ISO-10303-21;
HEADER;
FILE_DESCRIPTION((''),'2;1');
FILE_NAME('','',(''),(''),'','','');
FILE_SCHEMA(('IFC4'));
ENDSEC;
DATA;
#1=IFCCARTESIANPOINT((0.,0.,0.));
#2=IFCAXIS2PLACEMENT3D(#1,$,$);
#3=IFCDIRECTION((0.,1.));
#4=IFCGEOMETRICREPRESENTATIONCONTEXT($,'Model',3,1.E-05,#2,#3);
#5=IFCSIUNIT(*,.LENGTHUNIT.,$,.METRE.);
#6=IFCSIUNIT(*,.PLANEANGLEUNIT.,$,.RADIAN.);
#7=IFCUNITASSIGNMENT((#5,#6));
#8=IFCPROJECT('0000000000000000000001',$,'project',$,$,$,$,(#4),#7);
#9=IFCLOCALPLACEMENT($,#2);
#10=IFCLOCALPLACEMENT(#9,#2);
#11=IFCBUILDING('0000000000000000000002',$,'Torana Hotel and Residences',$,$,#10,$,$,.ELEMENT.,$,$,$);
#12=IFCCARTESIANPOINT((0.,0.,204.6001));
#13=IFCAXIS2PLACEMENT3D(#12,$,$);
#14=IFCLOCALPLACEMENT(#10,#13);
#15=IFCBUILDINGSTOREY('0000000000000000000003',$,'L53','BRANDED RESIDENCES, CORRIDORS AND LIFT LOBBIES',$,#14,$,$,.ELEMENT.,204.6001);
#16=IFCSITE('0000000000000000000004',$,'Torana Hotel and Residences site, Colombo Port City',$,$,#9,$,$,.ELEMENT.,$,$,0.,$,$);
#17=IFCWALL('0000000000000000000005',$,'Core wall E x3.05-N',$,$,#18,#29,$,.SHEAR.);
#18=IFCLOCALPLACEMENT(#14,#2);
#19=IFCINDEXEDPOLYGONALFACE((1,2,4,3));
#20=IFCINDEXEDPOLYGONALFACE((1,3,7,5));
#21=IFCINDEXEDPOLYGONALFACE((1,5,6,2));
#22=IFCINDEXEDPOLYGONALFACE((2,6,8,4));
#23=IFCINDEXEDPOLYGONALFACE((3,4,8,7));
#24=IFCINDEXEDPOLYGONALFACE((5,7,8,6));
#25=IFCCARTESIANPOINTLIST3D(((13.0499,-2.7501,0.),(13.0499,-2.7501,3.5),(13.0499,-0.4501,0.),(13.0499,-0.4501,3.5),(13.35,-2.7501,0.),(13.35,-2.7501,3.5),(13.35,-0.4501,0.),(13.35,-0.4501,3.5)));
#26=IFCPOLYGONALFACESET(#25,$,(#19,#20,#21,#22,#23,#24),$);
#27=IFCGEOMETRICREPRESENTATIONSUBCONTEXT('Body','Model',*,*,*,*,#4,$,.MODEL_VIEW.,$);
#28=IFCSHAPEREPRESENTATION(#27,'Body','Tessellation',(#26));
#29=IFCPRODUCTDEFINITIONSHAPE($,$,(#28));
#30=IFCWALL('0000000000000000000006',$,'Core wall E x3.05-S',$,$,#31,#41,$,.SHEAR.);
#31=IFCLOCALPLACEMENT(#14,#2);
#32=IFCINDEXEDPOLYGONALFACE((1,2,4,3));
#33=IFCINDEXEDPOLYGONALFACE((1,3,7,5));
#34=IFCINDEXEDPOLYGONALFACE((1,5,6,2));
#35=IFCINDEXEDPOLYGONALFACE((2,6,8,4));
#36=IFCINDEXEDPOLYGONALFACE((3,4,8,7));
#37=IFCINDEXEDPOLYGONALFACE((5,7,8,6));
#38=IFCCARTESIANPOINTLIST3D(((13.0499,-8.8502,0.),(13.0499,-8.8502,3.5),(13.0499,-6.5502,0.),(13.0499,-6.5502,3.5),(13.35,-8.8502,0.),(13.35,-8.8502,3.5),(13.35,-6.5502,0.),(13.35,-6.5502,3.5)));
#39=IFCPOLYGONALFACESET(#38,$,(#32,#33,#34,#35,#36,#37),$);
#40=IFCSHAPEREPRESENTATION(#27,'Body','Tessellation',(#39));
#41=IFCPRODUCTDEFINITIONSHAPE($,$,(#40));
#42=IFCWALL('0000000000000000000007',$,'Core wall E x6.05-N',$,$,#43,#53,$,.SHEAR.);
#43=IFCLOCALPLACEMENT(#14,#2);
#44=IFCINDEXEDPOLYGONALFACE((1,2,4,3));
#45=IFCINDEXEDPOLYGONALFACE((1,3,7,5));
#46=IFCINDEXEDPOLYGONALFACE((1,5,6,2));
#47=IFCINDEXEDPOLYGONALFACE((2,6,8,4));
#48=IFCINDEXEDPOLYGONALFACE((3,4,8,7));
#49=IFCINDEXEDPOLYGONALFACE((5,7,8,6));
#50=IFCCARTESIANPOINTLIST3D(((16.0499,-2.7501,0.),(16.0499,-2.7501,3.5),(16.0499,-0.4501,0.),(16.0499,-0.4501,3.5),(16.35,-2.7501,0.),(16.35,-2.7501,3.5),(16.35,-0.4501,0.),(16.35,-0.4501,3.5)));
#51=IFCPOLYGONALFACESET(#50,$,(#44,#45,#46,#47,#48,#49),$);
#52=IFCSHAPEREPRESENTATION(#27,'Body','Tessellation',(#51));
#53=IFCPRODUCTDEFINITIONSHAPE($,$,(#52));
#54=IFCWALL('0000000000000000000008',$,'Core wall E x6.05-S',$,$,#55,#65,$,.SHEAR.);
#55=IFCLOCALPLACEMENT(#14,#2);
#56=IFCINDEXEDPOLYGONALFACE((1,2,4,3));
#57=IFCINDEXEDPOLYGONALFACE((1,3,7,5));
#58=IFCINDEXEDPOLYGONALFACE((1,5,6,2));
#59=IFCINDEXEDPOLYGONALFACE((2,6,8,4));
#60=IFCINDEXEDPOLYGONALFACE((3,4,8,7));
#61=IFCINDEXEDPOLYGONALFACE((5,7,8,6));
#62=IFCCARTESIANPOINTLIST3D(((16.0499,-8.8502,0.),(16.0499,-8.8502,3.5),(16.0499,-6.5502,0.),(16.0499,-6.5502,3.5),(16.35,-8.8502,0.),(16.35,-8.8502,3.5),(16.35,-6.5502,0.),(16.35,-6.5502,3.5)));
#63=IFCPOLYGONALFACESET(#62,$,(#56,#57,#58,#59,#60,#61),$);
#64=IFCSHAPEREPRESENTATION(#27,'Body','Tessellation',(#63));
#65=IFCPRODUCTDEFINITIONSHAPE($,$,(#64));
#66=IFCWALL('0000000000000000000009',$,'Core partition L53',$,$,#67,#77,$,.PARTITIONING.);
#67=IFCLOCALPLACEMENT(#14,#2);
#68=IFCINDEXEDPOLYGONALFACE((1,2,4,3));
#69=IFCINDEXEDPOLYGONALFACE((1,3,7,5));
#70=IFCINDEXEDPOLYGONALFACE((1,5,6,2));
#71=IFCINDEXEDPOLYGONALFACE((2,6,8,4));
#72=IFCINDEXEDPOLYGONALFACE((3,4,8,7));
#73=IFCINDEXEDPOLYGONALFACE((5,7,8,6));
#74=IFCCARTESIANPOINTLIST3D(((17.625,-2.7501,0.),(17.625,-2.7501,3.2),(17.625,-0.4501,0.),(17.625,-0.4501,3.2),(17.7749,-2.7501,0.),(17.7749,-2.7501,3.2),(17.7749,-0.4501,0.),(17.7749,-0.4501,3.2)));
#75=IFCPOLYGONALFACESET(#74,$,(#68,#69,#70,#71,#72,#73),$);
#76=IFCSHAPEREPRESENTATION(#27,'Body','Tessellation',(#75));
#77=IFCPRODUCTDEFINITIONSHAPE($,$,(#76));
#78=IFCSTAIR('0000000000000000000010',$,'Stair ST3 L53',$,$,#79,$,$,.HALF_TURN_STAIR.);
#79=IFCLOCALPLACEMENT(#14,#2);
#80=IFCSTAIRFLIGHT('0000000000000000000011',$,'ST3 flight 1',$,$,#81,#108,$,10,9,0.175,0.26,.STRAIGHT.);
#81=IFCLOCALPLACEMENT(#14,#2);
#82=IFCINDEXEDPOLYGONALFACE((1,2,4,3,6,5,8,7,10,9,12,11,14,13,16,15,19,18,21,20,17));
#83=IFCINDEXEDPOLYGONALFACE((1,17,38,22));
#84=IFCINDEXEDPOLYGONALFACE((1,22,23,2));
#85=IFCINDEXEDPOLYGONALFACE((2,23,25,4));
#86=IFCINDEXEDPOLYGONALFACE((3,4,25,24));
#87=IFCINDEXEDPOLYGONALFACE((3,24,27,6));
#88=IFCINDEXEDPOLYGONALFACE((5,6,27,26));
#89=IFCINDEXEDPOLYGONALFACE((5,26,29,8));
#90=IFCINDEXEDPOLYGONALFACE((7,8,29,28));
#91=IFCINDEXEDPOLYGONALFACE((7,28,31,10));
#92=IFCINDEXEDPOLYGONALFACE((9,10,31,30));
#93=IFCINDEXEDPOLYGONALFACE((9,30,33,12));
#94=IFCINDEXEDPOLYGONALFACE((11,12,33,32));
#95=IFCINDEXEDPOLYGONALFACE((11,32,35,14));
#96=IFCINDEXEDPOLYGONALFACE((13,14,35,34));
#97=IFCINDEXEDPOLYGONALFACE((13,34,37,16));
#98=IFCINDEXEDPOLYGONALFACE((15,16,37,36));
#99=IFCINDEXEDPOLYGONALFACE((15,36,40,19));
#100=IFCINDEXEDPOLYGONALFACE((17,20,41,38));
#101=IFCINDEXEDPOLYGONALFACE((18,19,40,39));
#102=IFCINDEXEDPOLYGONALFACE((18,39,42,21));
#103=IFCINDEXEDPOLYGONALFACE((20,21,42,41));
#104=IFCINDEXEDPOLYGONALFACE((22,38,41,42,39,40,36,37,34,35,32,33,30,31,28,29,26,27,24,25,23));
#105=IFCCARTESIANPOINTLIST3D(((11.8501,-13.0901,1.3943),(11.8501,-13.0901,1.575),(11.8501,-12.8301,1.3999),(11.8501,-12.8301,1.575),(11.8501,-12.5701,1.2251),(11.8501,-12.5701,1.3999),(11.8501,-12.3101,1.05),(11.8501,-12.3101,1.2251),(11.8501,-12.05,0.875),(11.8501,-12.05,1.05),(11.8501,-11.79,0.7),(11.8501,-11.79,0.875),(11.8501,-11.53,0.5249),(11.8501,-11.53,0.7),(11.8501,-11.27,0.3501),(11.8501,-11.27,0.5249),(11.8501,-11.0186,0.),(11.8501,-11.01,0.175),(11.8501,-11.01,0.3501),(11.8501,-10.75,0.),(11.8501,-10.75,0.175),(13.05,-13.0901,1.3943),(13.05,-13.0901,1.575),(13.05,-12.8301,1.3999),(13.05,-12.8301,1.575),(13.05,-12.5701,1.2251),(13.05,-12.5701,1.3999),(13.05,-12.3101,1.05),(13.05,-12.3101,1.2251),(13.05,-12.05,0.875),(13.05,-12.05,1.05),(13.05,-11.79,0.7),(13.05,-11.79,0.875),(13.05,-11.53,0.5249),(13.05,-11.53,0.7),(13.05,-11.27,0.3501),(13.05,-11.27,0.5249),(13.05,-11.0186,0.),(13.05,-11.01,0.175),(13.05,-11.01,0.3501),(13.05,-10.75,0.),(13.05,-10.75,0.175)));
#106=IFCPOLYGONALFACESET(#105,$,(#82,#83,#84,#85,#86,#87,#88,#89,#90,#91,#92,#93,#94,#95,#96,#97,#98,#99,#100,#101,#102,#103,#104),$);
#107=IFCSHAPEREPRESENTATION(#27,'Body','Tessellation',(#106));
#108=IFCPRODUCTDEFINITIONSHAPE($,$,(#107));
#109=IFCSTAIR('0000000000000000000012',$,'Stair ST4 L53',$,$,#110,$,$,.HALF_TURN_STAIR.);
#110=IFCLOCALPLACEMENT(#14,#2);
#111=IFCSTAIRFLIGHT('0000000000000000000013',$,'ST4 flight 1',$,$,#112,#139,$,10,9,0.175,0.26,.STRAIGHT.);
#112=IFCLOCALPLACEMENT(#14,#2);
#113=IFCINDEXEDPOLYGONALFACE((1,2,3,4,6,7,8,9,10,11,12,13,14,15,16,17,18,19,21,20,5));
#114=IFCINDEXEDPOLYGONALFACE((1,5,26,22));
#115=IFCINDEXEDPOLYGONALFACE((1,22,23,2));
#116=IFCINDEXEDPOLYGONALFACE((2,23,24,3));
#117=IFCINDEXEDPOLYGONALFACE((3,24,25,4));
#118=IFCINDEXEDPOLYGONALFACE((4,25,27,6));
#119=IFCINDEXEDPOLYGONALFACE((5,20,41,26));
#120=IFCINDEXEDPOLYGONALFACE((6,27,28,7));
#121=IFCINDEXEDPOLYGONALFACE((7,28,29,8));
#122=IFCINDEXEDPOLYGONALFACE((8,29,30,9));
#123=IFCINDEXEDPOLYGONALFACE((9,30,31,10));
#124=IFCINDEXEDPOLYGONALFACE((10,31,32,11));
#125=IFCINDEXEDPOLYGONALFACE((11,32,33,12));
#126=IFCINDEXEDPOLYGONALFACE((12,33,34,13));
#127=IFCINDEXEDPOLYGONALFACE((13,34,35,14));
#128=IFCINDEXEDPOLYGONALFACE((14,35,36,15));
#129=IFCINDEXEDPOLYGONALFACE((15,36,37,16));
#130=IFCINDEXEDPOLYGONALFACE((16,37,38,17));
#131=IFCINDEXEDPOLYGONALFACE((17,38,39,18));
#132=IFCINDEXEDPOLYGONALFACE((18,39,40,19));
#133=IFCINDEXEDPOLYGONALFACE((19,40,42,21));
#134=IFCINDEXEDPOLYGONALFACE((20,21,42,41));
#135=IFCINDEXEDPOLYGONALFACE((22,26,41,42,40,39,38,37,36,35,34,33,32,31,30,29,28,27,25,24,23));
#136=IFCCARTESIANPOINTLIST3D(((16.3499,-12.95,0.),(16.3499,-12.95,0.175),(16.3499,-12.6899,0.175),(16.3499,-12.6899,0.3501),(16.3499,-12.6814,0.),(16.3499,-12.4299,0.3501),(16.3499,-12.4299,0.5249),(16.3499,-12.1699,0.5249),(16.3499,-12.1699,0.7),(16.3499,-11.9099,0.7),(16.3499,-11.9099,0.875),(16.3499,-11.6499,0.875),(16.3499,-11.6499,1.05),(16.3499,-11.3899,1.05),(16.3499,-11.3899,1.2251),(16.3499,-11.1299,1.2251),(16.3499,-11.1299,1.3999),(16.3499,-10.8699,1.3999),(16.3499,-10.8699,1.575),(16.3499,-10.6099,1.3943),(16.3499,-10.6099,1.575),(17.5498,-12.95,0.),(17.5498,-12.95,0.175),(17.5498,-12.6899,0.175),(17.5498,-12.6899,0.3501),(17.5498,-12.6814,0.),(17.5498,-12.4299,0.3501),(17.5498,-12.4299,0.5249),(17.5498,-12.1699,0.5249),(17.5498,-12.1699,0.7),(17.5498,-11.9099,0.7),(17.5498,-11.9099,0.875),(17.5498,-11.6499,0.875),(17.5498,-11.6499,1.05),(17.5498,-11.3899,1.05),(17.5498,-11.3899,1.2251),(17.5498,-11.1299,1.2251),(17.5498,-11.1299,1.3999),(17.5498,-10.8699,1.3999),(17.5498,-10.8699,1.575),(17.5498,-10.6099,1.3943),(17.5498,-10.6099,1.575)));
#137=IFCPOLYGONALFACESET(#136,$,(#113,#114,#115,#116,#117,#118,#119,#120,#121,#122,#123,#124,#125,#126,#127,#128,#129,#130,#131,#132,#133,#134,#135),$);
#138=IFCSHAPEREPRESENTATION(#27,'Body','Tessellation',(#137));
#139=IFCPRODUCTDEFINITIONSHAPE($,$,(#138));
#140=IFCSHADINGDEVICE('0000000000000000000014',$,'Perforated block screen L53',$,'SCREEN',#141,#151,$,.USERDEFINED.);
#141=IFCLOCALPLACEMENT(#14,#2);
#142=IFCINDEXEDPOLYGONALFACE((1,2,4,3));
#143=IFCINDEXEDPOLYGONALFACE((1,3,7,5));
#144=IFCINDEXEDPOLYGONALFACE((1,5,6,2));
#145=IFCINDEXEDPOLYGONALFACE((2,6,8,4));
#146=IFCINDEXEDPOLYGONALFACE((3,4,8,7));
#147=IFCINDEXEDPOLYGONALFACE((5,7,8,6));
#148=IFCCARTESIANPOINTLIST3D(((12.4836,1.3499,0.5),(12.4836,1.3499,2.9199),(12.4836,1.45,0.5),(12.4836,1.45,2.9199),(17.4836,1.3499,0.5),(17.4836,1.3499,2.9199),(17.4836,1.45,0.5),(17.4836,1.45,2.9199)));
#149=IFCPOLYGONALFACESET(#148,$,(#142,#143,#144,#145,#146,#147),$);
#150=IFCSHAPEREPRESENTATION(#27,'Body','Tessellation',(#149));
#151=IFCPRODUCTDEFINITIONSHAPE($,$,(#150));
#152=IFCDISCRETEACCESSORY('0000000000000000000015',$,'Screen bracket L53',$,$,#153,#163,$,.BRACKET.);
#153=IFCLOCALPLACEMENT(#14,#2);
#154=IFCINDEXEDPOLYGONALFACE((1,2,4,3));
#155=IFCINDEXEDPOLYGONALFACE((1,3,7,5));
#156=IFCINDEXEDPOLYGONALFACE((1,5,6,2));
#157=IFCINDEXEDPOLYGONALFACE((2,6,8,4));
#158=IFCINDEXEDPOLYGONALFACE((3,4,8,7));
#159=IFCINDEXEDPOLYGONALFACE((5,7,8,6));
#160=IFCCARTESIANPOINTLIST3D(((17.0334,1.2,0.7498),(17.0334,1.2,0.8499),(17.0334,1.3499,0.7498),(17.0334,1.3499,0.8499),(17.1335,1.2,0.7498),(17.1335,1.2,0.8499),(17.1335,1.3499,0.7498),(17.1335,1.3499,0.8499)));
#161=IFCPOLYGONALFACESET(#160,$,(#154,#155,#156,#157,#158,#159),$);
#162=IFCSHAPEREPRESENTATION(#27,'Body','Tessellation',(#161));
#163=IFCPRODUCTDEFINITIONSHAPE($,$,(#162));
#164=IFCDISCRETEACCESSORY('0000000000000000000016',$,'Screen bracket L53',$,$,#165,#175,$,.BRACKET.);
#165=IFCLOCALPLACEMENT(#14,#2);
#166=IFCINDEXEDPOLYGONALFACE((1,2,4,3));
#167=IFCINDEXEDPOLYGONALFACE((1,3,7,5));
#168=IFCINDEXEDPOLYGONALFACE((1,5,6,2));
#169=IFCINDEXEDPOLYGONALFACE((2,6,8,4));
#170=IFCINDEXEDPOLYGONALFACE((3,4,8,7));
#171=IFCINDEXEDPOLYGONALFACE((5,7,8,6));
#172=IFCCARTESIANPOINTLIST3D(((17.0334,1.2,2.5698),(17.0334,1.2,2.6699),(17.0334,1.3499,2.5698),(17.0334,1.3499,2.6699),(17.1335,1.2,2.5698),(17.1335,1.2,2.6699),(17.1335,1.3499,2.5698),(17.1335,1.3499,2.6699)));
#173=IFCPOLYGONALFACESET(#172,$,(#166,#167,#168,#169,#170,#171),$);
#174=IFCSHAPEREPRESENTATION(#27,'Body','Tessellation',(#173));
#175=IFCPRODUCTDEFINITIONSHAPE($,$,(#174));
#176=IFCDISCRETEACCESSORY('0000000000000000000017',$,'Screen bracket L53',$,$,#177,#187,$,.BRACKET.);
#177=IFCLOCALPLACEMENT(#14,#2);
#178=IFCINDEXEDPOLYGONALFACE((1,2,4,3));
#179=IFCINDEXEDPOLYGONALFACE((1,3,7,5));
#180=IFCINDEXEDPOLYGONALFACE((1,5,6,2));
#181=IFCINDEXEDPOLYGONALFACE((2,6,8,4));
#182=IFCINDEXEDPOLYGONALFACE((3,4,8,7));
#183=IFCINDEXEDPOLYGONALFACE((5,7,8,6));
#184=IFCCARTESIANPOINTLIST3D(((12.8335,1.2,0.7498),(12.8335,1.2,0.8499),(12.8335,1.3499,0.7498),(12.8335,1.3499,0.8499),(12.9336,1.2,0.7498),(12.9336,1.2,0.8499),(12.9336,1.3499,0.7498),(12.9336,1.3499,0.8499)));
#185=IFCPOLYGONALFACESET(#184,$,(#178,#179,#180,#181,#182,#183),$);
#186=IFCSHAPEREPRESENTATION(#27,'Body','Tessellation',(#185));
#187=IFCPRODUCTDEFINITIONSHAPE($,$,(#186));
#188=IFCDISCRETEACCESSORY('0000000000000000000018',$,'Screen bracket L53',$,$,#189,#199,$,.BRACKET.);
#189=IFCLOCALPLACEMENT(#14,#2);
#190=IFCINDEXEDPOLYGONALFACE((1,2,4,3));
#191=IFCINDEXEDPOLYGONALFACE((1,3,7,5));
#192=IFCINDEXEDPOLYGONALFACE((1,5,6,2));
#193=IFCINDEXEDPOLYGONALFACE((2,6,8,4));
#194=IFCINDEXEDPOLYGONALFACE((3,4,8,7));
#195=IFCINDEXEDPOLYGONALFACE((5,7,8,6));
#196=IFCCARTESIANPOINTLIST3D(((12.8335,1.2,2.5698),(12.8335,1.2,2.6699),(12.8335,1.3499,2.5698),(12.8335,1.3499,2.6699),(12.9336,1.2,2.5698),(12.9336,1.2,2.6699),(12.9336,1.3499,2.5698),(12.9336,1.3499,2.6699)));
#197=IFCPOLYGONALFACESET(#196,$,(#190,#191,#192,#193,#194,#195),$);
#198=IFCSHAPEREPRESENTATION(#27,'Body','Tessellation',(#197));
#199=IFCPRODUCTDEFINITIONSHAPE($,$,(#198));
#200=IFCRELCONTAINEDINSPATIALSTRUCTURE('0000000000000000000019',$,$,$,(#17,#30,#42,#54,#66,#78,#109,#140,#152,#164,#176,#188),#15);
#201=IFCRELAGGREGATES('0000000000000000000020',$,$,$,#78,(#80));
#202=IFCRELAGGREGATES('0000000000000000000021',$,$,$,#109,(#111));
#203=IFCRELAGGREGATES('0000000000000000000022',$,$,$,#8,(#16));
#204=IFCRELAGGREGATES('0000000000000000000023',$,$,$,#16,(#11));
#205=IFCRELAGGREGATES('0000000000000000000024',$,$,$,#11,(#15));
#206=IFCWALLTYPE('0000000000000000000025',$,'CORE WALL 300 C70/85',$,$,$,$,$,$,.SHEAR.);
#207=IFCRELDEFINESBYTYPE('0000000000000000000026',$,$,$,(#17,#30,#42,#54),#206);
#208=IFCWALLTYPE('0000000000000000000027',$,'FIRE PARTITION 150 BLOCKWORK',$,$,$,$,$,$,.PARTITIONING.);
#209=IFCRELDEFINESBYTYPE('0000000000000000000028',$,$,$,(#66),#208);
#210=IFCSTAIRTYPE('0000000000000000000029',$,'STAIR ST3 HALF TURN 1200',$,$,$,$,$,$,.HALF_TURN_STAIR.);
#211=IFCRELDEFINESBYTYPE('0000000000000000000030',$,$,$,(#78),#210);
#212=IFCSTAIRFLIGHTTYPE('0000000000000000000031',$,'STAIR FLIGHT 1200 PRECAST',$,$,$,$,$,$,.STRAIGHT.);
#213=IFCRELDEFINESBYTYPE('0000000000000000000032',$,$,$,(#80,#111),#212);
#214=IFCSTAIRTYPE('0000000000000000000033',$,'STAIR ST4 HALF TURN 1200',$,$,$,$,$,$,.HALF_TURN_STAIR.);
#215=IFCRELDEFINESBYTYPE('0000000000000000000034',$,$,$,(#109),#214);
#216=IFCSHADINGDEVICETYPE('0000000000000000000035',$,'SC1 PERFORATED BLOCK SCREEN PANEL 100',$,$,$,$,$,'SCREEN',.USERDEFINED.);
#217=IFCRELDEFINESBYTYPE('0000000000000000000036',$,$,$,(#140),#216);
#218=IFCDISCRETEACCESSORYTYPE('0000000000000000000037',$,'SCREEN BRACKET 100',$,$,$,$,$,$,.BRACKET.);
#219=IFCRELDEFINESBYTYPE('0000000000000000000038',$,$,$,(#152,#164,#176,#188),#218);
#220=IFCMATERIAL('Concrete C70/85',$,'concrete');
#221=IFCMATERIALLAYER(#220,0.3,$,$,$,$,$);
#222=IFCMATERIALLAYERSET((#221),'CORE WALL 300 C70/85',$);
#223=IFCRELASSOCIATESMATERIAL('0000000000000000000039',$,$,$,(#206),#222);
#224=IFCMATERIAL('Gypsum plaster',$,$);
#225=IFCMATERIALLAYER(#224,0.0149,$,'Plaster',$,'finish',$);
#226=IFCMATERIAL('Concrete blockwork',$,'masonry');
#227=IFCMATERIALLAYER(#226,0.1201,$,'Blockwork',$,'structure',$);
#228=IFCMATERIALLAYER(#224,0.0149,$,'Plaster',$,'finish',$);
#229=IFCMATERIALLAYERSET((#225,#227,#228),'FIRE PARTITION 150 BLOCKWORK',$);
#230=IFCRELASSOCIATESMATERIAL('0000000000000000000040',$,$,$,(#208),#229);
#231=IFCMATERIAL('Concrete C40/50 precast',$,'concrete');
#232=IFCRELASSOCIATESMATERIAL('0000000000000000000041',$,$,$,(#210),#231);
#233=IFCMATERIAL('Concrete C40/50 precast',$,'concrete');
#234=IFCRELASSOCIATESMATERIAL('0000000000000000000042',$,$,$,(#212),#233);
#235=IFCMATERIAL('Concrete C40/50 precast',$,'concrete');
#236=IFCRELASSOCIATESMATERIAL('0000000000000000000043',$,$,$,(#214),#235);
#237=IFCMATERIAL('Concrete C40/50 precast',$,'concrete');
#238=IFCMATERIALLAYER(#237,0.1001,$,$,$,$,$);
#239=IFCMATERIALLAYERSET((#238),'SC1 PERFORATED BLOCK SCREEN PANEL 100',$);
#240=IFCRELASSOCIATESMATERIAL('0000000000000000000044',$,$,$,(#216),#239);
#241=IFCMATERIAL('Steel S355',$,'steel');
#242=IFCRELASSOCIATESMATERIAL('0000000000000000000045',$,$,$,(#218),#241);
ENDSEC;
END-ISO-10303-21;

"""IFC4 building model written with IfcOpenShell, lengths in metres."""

from ifc_helpers import new_model, si_unit, direction, frame, frame_2d, origin, origin_2d, place, context, subcontext, project, spatial, polyline, rectangle, outline, extrude, material, layer, layer_set, type_object, element, aggregate, save


model = new_model("IFC4")

# Units and contexts
model_context = context("Model", 3, precision=1e-05, world=origin(), true_north=direction((0.0, 1.0)))
body_context = subcontext(model_context, "Body", "Model", "MODEL_VIEW")
ifc_project = project(units=[si_unit("LENGTHUNIT", "METRE"), si_unit("PLANEANGLEUNIT", "RADIAN")], contexts=[model_context])

# Site, building, storey
site_placement = place(None, origin())
site = spatial("IfcSite", under=ifc_project, at=site_placement, Name="Torana Hotel and Residences site, Colombo Port City", CompositionType="ELEMENT", RefElevation=0.0)
building_placement = place(site_placement, origin())
building = spatial("IfcBuilding", under=site, at=building_placement, Name="Torana Hotel and Residences", CompositionType="ELEMENT")
storey_placement = place(building_placement, frame((0.0, 0.0, 204.6001)))
storey = spatial("IfcBuildingStorey", under=building, at=storey_placement, Name="L53", Description="BRANDED RESIDENCES, CORRIDORS AND LIFT LOBBIES", CompositionType="ELEMENT", Elevation=204.6001)

# Walls
ifc_material_1 = material(Name="Concrete C70/85", Category="concrete")
ifc_layer_1 = layer(ifc_material_1, 0.3)
ifc_layer_set_1 = layer_set([ifc_layer_1], Name="CORE WALL 300 C70/85")
wall_type_1 = type_object("IfcWallType", Name="CORE WALL 300 C70/85", PredefinedType="SHEAR", material=ifc_layer_set_1)
for number, where, z_axis, x_axis, name in (
    (1, (13.2, -2.75, 0.0), (0.0, 0.0, 1.0), (0.0, 1.0, 0.0), "Core wall E x3.05-N"),
    (2, (13.2, -8.8501, 0.0), (0.0, 0.0, 1.0), (0.0, 1.0, 0.0), "Core wall E x3.05-S"),
    (3, (16.2, -2.75, 0.0), (0.0, 0.0, 1.0), (0.0, 1.0, 0.0), "Core wall E x6.05-N"),
    (4, (16.2, -8.8501, 0.0), (0.0, 0.0, 1.0), (0.0, 1.0, 0.0), "Core wall E x6.05-S"),
):
    element("IfcWall", number, at=place(storey_placement, frame(where, z_axis=z_axis, x_axis=x_axis)), inside=storey, type_object=wall_type_1, Name=name, PredefinedType="SHEAR", context=body_context, shape_type="SweptSolid", body=[
        extrude(rectangle(XDim=2.3, YDim=0.3, at=frame_2d((1.1499, 0.0))), origin(), (0.0, 0.0, 1.0), 3.5),
    ])
ifc_material_2 = material(Name="Gypsum plaster")
ifc_layer_2 = layer(ifc_material_2, 0.0149, Name="Plaster", Category="finish")
ifc_material_3 = material(Name="Concrete blockwork", Category="masonry")
ifc_layer_3 = layer(ifc_material_3, 0.1201, Name="Blockwork", Category="structure")
ifc_layer_4 = layer(ifc_material_2, 0.0149, Name="Plaster", Category="finish")
ifc_layer_set_2 = layer_set([ifc_layer_2, ifc_layer_3, ifc_layer_4], Name="FIRE PARTITION 150 BLOCKWORK")
wall_type_2 = type_object("IfcWallType", Name="FIRE PARTITION 150 BLOCKWORK", PredefinedType="PARTITIONING", material=ifc_layer_set_2)
wall_placement = place(storey_placement, frame((17.7, -2.75, 0.0), z_axis=(0.0, 0.0, 1.0), x_axis=(0.0, 1.0, 0.0)))
element("IfcWall", 5, at=wall_placement, inside=storey, type_object=wall_type_2, Name="Core partition L53", PredefinedType="PARTITIONING", context=body_context, shape_type="SweptSolid", body=[
    extrude(rectangle(XDim=2.3, YDim=0.1499, at=frame_2d((1.1499, 0.0))), origin(), (0.0, 0.0, 1.0), 3.2),
])

# Stairs, stair flights
ifc_material_4 = material(Name="Concrete C40/50 precast", Category="concrete")
stair_type_1 = type_object("IfcStairType", Name="STAIR ST3 HALF TURN 1200", PredefinedType="HALF_TURN_STAIR", material=ifc_material_4)
stair_1_placement = place(storey_placement, origin())
stair_1 = element("IfcStair", 6, at=stair_1_placement, inside=storey, type_object=stair_type_1, Name="Stair ST3 L53", PredefinedType="HALF_TURN_STAIR")
ifc_material_5 = material(Name="Concrete C40/50 precast", Category="concrete")
stair_flight_type = type_object("IfcStairFlightType", Name="STAIR FLIGHT 1200 PRECAST", PredefinedType="STRAIGHT", material=ifc_material_5)
stair_flight_1_placement = place(storey_placement, frame((12.45, -10.75, 0.0), z_axis=(0.0, 0.0, 1.0), x_axis=(0.0, -1.0, 0.0)))
stair_flight_1 = element("IfcStairFlight", 7, at=stair_flight_1_placement, type_object=stair_flight_type, Name="ST3 flight 1", NumberOfRisers=10, NumberOfTreads=9, PredefinedType="STRAIGHT", RiserHeight=0.175, TreadLength=0.26, context=body_context, shape_type="SweptSolid", body=[
    extrude(outline(polyline([(0.0, 0.0), (0.0, 0.175), (0.26, 0.175), (0.26, 0.3501), (0.52, 0.3501), (0.52, 0.5249), (0.78, 0.5249), (0.78, 0.7), (1.04, 0.7), (1.04, 0.875), (1.3, 0.875), (1.3, 1.05), (1.5601, 1.05), (1.5601, 1.2251), (1.8201, 1.2251), (1.8201, 1.3999), (2.0801, 1.3999), (2.0801, 1.575), (2.3401, 1.575), (2.3401, 1.75), (2.3401, 1.3943), (0.2686, 0.0), (0.0, 0.0)])), frame((0.0, 0.6001, 0.0), z_axis=(0.0, -1.0, 0.0), x_axis=(1.0, 0.0, 0.0)), (0.0, 0.0, 1.0), 1.2),
])
aggregate(stair_1, [stair_flight_1])
ifc_material_6 = material(Name="Concrete C40/50 precast", Category="concrete")
stair_type_2 = type_object("IfcStairType", Name="STAIR ST4 HALF TURN 1200", PredefinedType="HALF_TURN_STAIR", material=ifc_material_6)
stair_2_placement = place(storey_placement, origin())
stair_2 = element("IfcStair", 8, at=stair_2_placement, inside=storey, type_object=stair_type_2, Name="Stair ST4 L53", PredefinedType="HALF_TURN_STAIR")
stair_flight_2_placement = place(storey_placement, frame((16.95, -12.95, 0.0), z_axis=(0.0, 0.0, 1.0), x_axis=(0.0, 1.0, 0.0)))
stair_flight_2 = element("IfcStairFlight", 9, at=stair_flight_2_placement, type_object=stair_flight_type, Name="ST4 flight 1", NumberOfRisers=10, NumberOfTreads=9, PredefinedType="STRAIGHT", RiserHeight=0.175, TreadLength=0.26, context=body_context, shape_type="SweptSolid", body=[
    extrude(outline(polyline([(0.0, 0.0), (0.0, 0.175), (0.26, 0.175), (0.26, 0.3501), (0.52, 0.3501), (0.52, 0.5249), (0.78, 0.5249), (0.78, 0.7), (1.04, 0.7), (1.04, 0.875), (1.3, 0.875), (1.3, 1.05), (1.5601, 1.05), (1.5601, 1.2251), (1.8201, 1.2251), (1.8201, 1.3999), (2.0801, 1.3999), (2.0801, 1.575), (2.3401, 1.575), (2.3401, 1.75), (2.3401, 1.3943), (0.2686, 0.0), (0.0, 0.0)])), frame((0.0, 0.6001, 0.0), z_axis=(0.0, -1.0, 0.0), x_axis=(1.0, 0.0, 0.0)), (0.0, 0.0, 1.0), 1.2),
])
aggregate(stair_2, [stair_flight_2])

# Shading device
ifc_material_7 = material(Name="Concrete C40/50 precast", Category="concrete")
ifc_layer_5 = layer(ifc_material_7, 0.1001)
ifc_layer_set_3 = layer_set([ifc_layer_5], Name="SC1 PERFORATED BLOCK SCREEN PANEL 100")
shading_device_type = type_object("IfcShadingDeviceType", Name="SC1 PERFORATED BLOCK SCREEN PANEL 100", ElementType="SCREEN", PredefinedType="USERDEFINED", material=ifc_layer_set_3)
shading_device_placement = place(storey_placement, frame((14.9836, 1.3999, 0.5), z_axis=(0.0, 0.0, 1.0), x_axis=(-1.0, 0.0, 0.0)))
element("IfcShadingDevice", 10, at=shading_device_placement, inside=storey, type_object=shading_device_type, Name="Perforated block screen L53", ObjectType="SCREEN", PredefinedType="USERDEFINED", context=body_context, shape_type="SweptSolid", body=[
    extrude(rectangle(XDim=5.0, YDim=0.1001, at=origin_2d()), origin(), (0.0, 0.0, 1.0), 2.4199),
])

# Discrete accessories
ifc_material_8 = material(Name="Steel S355", Category="steel")
discrete_accessory_type = type_object("IfcDiscreteAccessoryType", Name="SCREEN BRACKET 100", PredefinedType="BRACKET", material=ifc_material_8)
for number, where, z_axis, x_axis, name in (
    (11, (17.0835, 1.2749, 0.7498), (0.0, 0.0, 1.0), (-1.0, 0.0, 0.0), "Screen bracket L53"),
    (12, (17.0835, 1.2749, 2.5698), (0.0, 0.0, 1.0), (-1.0, 0.0, 0.0), "Screen bracket L53"),
    (13, (12.8835, 1.2749, 0.7498), (0.0, 0.0, 1.0), (-1.0, 0.0, 0.0), "Screen bracket L53"),
    (14, (12.8835, 1.2749, 2.5698), (0.0, 0.0, 1.0), (-1.0, 0.0, 0.0), "Screen bracket L53"),
):
    element("IfcDiscreteAccessory", number, at=place(storey_placement, frame(where, z_axis=z_axis, x_axis=x_axis)), inside=storey, type_object=discrete_accessory_type, Name=name, PredefinedType="BRACKET", context=body_context, shape_type="SweptSolid", body=[
        extrude(rectangle(XDim=0.1001, YDim=0.1499, at=origin_2d()), origin(), (0.0, 0.0, 1.0), 0.1001),
    ])

save(model, "model.ifc")
